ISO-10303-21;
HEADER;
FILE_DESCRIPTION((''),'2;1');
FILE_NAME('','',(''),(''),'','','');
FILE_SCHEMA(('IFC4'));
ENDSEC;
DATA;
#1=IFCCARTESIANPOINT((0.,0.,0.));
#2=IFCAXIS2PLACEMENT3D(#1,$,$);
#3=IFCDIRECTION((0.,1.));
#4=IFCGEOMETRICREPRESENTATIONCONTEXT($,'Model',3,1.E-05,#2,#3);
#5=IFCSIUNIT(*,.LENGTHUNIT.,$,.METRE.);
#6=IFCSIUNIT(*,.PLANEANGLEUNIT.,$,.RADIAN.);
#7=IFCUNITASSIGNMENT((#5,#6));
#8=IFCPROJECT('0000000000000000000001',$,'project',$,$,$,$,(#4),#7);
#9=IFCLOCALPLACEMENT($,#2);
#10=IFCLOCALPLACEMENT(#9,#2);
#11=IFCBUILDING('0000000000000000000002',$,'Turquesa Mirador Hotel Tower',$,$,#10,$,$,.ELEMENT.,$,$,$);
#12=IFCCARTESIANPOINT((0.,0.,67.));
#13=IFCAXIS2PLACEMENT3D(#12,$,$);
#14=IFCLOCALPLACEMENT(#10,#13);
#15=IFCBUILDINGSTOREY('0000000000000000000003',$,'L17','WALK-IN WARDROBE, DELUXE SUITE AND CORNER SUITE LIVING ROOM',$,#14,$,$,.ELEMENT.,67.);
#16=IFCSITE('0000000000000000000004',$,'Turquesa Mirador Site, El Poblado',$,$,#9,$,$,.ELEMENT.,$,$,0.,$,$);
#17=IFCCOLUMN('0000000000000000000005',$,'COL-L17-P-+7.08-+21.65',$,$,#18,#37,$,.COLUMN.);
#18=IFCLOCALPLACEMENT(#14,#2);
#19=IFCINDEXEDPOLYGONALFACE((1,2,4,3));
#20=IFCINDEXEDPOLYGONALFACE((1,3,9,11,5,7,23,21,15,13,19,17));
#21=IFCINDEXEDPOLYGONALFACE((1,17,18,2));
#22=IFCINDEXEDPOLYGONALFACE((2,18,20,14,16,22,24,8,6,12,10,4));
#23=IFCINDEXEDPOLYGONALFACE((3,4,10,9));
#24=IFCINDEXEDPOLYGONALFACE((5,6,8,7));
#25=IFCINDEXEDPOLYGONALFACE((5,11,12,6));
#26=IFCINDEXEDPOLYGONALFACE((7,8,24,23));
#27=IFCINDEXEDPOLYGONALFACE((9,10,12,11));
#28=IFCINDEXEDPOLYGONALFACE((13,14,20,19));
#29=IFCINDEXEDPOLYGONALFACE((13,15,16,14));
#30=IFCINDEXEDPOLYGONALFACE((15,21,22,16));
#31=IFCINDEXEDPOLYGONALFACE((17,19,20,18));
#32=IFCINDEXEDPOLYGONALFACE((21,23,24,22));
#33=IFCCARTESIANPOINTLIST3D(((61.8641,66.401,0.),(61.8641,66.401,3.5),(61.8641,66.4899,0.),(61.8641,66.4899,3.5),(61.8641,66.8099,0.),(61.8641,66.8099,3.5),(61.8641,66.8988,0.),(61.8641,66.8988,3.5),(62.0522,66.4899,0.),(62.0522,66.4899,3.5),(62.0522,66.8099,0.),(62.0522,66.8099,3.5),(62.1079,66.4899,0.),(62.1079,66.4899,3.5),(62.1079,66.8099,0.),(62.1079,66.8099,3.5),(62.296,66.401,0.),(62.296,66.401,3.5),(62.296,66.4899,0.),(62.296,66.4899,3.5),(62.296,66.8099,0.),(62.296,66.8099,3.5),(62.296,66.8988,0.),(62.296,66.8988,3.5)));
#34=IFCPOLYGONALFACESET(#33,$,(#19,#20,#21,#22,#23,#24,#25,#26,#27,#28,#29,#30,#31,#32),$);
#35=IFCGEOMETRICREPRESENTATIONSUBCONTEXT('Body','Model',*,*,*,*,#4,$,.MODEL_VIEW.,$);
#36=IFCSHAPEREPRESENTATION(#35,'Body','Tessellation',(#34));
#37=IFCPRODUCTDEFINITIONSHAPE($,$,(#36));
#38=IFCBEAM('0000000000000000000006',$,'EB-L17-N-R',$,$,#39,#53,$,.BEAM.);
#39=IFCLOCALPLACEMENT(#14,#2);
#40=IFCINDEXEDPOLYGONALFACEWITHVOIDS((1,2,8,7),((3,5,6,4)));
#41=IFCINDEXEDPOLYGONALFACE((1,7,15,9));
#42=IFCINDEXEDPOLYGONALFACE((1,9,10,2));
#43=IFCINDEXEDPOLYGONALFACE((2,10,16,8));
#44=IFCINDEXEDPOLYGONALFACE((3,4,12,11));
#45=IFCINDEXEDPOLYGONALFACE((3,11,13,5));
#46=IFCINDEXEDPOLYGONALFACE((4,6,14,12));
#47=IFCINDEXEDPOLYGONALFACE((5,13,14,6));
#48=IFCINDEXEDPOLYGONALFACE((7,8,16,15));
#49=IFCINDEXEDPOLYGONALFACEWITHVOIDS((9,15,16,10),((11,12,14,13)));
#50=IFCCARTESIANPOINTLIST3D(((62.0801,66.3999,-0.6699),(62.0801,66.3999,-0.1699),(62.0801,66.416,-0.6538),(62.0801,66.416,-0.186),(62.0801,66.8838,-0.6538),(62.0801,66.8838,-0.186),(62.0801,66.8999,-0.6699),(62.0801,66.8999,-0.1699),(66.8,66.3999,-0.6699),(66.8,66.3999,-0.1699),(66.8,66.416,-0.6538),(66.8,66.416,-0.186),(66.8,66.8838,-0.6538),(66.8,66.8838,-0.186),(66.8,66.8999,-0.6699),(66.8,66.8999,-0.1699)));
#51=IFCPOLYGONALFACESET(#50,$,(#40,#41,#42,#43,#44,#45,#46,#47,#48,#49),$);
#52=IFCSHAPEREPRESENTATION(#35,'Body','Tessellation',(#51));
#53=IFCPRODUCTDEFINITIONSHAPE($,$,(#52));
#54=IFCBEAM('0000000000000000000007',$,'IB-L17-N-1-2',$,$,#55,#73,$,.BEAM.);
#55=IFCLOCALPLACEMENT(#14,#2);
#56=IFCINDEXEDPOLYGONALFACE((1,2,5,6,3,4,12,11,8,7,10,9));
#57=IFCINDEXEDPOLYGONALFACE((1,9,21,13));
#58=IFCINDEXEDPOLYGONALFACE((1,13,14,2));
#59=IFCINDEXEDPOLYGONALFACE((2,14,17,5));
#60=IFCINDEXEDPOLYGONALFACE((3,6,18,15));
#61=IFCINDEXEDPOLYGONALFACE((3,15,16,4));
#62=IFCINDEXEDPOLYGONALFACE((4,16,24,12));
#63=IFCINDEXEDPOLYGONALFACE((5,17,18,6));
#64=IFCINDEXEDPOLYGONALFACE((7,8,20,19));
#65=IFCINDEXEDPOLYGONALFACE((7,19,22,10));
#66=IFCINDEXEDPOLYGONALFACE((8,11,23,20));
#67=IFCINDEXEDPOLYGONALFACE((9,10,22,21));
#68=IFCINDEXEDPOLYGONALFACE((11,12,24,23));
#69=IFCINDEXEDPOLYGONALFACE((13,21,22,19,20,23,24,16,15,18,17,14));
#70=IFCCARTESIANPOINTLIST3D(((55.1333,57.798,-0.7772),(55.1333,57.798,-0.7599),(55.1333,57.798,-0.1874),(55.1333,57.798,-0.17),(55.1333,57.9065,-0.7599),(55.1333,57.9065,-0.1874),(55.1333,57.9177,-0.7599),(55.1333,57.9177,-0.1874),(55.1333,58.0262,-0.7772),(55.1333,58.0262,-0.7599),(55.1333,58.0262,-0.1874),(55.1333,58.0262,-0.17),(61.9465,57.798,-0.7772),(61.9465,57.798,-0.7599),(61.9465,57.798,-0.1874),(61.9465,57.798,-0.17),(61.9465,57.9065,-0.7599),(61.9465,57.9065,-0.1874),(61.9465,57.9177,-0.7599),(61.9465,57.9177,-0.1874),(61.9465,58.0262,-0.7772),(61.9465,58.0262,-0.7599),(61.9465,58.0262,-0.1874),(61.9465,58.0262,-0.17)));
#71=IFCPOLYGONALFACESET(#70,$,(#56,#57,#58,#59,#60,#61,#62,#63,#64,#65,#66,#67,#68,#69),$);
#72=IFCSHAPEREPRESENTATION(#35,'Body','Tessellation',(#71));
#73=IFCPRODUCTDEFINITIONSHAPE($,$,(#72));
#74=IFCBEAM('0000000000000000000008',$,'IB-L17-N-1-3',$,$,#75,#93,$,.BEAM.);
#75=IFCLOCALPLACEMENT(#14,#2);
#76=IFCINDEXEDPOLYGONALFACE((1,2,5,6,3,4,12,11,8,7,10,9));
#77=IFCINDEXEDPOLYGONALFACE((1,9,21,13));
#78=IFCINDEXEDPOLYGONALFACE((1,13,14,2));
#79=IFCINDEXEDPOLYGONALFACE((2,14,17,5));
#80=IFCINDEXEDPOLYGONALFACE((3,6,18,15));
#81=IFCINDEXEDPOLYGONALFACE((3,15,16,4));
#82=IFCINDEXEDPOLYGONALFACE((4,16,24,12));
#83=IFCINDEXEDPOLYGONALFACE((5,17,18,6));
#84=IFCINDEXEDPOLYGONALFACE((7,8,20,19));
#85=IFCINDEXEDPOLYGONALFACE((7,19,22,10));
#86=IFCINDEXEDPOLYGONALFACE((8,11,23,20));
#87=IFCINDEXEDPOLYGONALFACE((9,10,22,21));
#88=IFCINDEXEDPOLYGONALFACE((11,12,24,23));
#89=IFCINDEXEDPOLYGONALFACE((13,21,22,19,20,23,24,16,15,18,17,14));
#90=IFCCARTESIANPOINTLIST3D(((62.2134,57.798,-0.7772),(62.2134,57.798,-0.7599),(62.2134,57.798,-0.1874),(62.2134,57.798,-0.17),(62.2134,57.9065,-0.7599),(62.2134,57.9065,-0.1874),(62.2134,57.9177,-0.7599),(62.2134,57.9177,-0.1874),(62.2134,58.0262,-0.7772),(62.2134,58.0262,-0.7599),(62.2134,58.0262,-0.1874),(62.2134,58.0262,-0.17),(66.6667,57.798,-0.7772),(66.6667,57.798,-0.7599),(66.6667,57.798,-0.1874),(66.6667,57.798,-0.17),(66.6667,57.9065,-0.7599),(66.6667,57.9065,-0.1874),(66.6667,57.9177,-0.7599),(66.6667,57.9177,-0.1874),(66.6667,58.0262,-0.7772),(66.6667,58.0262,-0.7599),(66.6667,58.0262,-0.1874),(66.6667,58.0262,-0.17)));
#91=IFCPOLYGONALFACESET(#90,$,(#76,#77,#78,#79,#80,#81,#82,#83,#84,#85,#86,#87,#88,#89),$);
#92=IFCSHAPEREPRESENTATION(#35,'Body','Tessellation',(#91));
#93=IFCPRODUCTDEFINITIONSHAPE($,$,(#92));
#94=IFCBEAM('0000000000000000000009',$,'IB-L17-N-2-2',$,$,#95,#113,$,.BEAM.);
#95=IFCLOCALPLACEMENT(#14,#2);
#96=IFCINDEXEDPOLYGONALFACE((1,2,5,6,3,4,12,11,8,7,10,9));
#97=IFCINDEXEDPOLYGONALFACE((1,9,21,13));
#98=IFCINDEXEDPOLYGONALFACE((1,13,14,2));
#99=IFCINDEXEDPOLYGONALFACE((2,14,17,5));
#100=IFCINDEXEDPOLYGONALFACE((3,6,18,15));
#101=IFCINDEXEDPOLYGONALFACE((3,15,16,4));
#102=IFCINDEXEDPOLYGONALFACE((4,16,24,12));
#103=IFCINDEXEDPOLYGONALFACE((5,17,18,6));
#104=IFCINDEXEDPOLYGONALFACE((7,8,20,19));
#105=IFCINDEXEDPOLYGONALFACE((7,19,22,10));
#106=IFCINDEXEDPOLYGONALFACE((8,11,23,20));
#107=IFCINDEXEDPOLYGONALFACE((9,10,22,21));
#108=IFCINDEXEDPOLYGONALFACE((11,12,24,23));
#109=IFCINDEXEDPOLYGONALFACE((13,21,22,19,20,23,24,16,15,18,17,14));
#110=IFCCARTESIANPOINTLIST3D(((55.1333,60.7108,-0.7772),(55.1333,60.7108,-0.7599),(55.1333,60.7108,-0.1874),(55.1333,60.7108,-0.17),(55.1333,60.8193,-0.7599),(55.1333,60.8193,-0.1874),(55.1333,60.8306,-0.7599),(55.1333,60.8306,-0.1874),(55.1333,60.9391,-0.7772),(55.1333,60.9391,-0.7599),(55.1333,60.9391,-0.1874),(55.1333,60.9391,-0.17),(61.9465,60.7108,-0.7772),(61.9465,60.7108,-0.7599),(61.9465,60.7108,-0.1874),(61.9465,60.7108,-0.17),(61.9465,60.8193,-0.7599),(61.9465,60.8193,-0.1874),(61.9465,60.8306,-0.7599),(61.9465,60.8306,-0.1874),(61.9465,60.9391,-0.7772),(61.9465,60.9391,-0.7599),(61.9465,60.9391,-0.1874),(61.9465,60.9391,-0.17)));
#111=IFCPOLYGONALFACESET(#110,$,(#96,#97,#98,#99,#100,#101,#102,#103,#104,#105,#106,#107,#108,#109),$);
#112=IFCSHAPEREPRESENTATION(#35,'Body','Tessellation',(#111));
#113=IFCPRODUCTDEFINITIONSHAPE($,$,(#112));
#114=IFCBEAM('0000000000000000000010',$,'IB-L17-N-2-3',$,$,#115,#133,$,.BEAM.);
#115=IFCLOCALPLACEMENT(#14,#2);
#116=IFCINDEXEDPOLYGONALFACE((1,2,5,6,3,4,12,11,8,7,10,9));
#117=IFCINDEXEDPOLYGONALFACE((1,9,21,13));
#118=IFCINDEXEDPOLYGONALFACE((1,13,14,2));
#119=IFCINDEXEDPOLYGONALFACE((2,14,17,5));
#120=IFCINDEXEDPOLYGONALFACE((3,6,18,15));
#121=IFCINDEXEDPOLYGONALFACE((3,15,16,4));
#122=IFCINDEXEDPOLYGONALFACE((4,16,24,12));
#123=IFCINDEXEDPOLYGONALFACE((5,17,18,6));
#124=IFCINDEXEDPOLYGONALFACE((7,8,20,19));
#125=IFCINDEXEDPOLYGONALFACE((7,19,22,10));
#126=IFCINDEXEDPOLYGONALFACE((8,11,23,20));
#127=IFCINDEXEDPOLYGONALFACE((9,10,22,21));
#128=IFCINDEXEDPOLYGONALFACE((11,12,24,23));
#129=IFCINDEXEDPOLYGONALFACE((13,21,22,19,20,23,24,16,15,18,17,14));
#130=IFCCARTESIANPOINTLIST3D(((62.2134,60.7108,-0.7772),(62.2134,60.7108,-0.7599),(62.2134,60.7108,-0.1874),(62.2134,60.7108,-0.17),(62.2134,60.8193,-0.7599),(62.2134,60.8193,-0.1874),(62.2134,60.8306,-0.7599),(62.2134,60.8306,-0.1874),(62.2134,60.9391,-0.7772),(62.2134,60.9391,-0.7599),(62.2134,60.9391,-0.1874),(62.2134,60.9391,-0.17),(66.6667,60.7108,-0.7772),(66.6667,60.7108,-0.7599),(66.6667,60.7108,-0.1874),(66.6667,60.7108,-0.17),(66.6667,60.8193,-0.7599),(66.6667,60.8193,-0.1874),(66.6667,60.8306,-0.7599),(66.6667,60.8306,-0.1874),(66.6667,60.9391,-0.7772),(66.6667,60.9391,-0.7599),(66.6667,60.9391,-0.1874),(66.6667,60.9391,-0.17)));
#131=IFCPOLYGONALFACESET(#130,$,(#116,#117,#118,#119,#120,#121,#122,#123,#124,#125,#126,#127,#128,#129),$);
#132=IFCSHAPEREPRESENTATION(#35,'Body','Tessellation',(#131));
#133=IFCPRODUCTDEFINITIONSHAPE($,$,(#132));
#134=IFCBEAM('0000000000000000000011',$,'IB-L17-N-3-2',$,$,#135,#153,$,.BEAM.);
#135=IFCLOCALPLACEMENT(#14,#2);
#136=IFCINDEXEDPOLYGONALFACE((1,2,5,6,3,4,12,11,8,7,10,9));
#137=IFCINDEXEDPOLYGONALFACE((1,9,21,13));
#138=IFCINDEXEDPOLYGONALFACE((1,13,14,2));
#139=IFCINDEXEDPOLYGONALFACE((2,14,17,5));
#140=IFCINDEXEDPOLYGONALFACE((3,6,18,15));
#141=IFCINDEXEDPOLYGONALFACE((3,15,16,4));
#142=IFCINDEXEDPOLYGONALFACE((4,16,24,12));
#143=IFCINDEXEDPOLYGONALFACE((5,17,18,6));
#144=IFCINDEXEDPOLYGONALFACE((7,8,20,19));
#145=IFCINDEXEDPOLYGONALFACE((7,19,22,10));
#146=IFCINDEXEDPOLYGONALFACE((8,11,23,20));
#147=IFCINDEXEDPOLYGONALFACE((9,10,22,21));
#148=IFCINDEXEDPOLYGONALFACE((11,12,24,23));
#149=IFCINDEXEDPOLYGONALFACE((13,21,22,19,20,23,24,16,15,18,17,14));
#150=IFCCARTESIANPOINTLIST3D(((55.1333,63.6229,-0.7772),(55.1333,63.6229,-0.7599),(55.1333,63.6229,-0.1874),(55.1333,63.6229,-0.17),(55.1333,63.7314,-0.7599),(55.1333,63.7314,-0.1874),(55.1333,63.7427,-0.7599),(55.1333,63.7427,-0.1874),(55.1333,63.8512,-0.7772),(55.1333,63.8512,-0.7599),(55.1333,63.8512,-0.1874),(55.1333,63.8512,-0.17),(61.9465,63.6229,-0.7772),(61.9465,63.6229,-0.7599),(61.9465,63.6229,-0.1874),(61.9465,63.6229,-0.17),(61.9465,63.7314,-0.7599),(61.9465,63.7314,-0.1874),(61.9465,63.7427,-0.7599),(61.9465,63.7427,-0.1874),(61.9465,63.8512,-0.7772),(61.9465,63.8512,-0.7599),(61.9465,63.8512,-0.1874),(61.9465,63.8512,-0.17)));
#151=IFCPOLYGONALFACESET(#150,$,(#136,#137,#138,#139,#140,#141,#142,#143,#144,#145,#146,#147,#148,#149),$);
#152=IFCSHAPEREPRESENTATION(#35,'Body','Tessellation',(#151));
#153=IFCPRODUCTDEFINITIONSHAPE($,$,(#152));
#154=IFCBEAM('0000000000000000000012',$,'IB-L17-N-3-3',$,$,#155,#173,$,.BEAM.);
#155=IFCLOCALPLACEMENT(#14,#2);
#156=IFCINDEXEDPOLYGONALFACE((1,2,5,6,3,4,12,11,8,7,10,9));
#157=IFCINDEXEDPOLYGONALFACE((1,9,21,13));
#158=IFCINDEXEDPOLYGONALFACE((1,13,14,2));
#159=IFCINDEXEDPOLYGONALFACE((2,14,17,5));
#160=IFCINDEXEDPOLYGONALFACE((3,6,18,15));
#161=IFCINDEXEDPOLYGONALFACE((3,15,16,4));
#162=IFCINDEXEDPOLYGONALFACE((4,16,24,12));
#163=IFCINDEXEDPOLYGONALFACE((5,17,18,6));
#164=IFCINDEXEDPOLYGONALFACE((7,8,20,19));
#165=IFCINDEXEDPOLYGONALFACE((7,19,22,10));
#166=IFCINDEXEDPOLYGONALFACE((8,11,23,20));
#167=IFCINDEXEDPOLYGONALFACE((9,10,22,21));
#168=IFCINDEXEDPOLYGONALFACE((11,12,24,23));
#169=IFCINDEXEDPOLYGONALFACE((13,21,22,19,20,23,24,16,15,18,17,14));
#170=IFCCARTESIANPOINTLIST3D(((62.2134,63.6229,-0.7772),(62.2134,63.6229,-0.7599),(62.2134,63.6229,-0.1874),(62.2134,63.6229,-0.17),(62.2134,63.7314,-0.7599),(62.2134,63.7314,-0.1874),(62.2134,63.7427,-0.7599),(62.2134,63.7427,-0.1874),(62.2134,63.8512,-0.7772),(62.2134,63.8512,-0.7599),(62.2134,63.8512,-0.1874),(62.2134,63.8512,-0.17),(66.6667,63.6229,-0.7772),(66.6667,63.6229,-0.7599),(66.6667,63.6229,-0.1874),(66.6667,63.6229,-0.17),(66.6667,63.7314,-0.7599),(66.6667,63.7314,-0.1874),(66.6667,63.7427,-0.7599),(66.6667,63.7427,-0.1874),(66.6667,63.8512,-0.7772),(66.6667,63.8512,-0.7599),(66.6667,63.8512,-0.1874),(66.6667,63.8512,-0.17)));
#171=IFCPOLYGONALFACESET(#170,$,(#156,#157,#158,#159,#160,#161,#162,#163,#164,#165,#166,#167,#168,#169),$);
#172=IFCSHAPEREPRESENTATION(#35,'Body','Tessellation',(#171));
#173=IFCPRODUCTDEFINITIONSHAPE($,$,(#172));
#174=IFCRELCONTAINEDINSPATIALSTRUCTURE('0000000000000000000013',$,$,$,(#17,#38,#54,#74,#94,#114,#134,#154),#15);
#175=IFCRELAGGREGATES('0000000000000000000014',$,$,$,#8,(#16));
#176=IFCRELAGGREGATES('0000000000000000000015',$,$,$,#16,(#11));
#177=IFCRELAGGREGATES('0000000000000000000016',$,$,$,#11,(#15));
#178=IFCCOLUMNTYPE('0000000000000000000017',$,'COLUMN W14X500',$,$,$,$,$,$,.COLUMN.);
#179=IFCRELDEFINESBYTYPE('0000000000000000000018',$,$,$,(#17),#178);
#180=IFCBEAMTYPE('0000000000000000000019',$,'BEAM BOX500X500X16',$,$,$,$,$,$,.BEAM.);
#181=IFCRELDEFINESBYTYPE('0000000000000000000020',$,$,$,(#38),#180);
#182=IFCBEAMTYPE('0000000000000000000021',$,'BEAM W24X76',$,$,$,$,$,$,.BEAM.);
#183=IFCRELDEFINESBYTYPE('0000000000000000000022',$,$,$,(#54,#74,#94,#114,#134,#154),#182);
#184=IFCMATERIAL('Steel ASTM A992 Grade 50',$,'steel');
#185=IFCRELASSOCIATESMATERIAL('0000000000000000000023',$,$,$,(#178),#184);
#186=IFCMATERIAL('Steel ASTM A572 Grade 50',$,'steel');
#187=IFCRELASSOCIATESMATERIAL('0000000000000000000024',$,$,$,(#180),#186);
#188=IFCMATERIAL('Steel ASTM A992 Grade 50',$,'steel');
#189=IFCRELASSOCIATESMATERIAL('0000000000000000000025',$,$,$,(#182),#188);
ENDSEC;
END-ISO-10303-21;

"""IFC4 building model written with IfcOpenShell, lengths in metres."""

from ifc_helpers import new_model, si_unit, direction, frame, origin, origin_2d, place, context, subcontext, project, spatial, hollow_rectangle, i_section, extrude, material, material_profile, profile_set, type_object, element, save


model = new_model("IFC4")

# Units and contexts
model_context = context("Model", 3, precision=1e-05, world=origin(), true_north=direction((0.0, 1.0)))
body_context = subcontext(model_context, "Body", "Model", "MODEL_VIEW")
ifc_project = project(units=[si_unit("LENGTHUNIT", "METRE"), si_unit("PLANEANGLEUNIT", "RADIAN")], contexts=[model_context])

# Site, building, storey
site_placement = place(None, origin())
site = spatial("IfcSite", under=ifc_project, at=site_placement, Name="Turquesa Mirador Site, El Poblado", CompositionType="ELEMENT", RefElevation=0.0)
building_placement = place(site_placement, origin())
building = spatial("IfcBuilding", under=site, at=building_placement, Name="Turquesa Mirador Hotel Tower", CompositionType="ELEMENT")
storey_placement = place(building_placement, frame((0.0, 0.0, 67.0)))
storey = spatial("IfcBuildingStorey", under=building, at=storey_placement, Name="L17", Description="WALK-IN WARDROBE, DELUXE SUITE AND CORNER SUITE LIVING ROOM", CompositionType="ELEMENT", Elevation=67.0)

# Column
ifc_material_1 = material(Name="Steel ASTM A992 Grade 50", Category="steel")
ifc_material_profile_1 = material_profile(ifc_material_1, i_section(OverallWidth=0.4319, OverallDepth=0.4978, WebThickness=0.0557, FlangeThickness=0.0889, at=origin_2d()), Name="W14X500")
ifc_profile_set_1 = profile_set([ifc_material_profile_1], Name="Steel ASTM A992 Grade 50")
column_type = type_object("IfcColumnType", Name="COLUMN W14X500", PredefinedType="COLUMN", material=ifc_profile_set_1)
column_placement = place(storey_placement, frame((62.0801, 66.6499, 0.0), z_axis=(0.0, 0.0, 1.0), x_axis=(1.0, 0.0, 0.0)))
element("IfcColumn", 1, at=column_placement, inside=storey, type_object=column_type, Name="COL-L17-P-+7.08-+21.65", PredefinedType="COLUMN", context=body_context, shape_type="SweptSolid", body=[
    extrude(i_section(OverallWidth=0.4319, OverallDepth=0.4978, WebThickness=0.0557, FlangeThickness=0.0889, at=origin_2d()), origin(), (0.0, 0.0, 1.0), 3.5),
])

# Beams
ifc_material_2 = material(Name="Steel ASTM A572 Grade 50", Category="steel")
ifc_material_profile_2 = material_profile(ifc_material_2, hollow_rectangle(XDim=0.5, YDim=0.5, WallThickness=0.0161, at=origin_2d()), Name="BOX500X500X16")
ifc_profile_set_2 = profile_set([ifc_material_profile_2], Name="Steel ASTM A572 Grade 50")
beam_type_1 = type_object("IfcBeamType", Name="BEAM BOX500X500X16", PredefinedType="BEAM", material=ifc_profile_set_2)
beam_1_placement = place(storey_placement, frame((62.0801, 66.6499, -0.4199), z_axis=(1.0, 0.0, 0.0), x_axis=(0.0, 1.0, 0.0)))
element("IfcBeam", 2, at=beam_1_placement, inside=storey, type_object=beam_type_1, Name="EB-L17-N-R", PredefinedType="BEAM", context=body_context, shape_type="SweptSolid", body=[
    extrude(hollow_rectangle(XDim=0.5, YDim=0.5, WallThickness=0.0161, at=origin_2d()), origin(), (0.0, 0.0, 1.0), 4.72),
])
ifc_material_3 = material(Name="Steel ASTM A992 Grade 50", Category="steel")
ifc_material_profile_3 = material_profile(ifc_material_3, i_section(OverallWidth=0.2283, OverallDepth=0.6072, WebThickness=0.0112, FlangeThickness=0.0173, at=origin_2d()), Name="W24X76")
ifc_profile_set_3 = profile_set([ifc_material_profile_3], Name="Steel ASTM A992 Grade 50")
beam_type_2 = type_object("IfcBeamType", Name="BEAM W24X76", PredefinedType="BEAM", material=ifc_profile_set_3)
beam_2_placement = place(storey_placement, frame((55.1333, 57.9121, -0.4736), z_axis=(1.0, 0.0, 0.0), x_axis=(0.0, 1.0, 0.0)))
element("IfcBeam", 3, at=beam_2_placement, inside=storey, type_object=beam_type_2, Name="IB-L17-N-1-2", PredefinedType="BEAM", context=body_context, shape_type="SweptSolid", body=[
    extrude(i_section(OverallWidth=0.2283, OverallDepth=0.6072, WebThickness=0.0112, FlangeThickness=0.0173, at=origin_2d()), origin(), (0.0, 0.0, 1.0), 6.8132),
])
beam_3_placement = place(storey_placement, frame((62.2134, 57.9121, -0.4736), z_axis=(1.0, 0.0, 0.0), x_axis=(0.0, 1.0, 0.0)))
element("IfcBeam", 4, at=beam_3_placement, inside=storey, type_object=beam_type_2, Name="IB-L17-N-1-3", PredefinedType="BEAM", context=body_context, shape_type="SweptSolid", body=[
    extrude(i_section(OverallWidth=0.2283, OverallDepth=0.6072, WebThickness=0.0112, FlangeThickness=0.0173, at=origin_2d()), origin(), (0.0, 0.0, 1.0), 4.4534),
])
beam_4_placement = place(storey_placement, frame((55.1333, 60.825, -0.4736), z_axis=(1.0, 0.0, 0.0), x_axis=(0.0, 1.0, 0.0)))
element("IfcBeam", 5, at=beam_4_placement, inside=storey, type_object=beam_type_2, Name="IB-L17-N-2-2", PredefinedType="BEAM", context=body_context, shape_type="SweptSolid", body=[
    extrude(i_section(OverallWidth=0.2283, OverallDepth=0.6072, WebThickness=0.0112, FlangeThickness=0.0173, at=origin_2d()), origin(), (0.0, 0.0, 1.0), 6.8132),
])
beam_5_placement = place(storey_placement, frame((62.2134, 60.825, -0.4736), z_axis=(1.0, 0.0, 0.0), x_axis=(0.0, 1.0, 0.0)))
element("IfcBeam", 6, at=beam_5_placement, inside=storey, type_object=beam_type_2, Name="IB-L17-N-2-3", PredefinedType="BEAM", context=body_context, shape_type="SweptSolid", body=[
    extrude(i_section(OverallWidth=0.2283, OverallDepth=0.6072, WebThickness=0.0112, FlangeThickness=0.0173, at=origin_2d()), origin(), (0.0, 0.0, 1.0), 4.4534),
])
beam_6_placement = place(storey_placement, frame((55.1333, 63.7371, -0.4736), z_axis=(1.0, 0.0, 0.0), x_axis=(0.0, 1.0, 0.0)))
element("IfcBeam", 7, at=beam_6_placement, inside=storey, type_object=beam_type_2, Name="IB-L17-N-3-2", PredefinedType="BEAM", context=body_context, shape_type="SweptSolid", body=[
    extrude(i_section(OverallWidth=0.2283, OverallDepth=0.6072, WebThickness=0.0112, FlangeThickness=0.0173, at=origin_2d()), origin(), (0.0, 0.0, 1.0), 6.8132),
])
beam_7_placement = place(storey_placement, frame((62.2134, 63.7371, -0.4736), z_axis=(1.0, 0.0, 0.0), x_axis=(0.0, 1.0, 0.0)))
element("IfcBeam", 8, at=beam_7_placement, inside=storey, type_object=beam_type_2, Name="IB-L17-N-3-3", PredefinedType="BEAM", context=body_context, shape_type="SweptSolid", body=[
    extrude(i_section(OverallWidth=0.2283, OverallDepth=0.6072, WebThickness=0.0112, FlangeThickness=0.0173, at=origin_2d()), origin(), (0.0, 0.0, 1.0), 4.4534),
])

save(model, "model.ifc")
